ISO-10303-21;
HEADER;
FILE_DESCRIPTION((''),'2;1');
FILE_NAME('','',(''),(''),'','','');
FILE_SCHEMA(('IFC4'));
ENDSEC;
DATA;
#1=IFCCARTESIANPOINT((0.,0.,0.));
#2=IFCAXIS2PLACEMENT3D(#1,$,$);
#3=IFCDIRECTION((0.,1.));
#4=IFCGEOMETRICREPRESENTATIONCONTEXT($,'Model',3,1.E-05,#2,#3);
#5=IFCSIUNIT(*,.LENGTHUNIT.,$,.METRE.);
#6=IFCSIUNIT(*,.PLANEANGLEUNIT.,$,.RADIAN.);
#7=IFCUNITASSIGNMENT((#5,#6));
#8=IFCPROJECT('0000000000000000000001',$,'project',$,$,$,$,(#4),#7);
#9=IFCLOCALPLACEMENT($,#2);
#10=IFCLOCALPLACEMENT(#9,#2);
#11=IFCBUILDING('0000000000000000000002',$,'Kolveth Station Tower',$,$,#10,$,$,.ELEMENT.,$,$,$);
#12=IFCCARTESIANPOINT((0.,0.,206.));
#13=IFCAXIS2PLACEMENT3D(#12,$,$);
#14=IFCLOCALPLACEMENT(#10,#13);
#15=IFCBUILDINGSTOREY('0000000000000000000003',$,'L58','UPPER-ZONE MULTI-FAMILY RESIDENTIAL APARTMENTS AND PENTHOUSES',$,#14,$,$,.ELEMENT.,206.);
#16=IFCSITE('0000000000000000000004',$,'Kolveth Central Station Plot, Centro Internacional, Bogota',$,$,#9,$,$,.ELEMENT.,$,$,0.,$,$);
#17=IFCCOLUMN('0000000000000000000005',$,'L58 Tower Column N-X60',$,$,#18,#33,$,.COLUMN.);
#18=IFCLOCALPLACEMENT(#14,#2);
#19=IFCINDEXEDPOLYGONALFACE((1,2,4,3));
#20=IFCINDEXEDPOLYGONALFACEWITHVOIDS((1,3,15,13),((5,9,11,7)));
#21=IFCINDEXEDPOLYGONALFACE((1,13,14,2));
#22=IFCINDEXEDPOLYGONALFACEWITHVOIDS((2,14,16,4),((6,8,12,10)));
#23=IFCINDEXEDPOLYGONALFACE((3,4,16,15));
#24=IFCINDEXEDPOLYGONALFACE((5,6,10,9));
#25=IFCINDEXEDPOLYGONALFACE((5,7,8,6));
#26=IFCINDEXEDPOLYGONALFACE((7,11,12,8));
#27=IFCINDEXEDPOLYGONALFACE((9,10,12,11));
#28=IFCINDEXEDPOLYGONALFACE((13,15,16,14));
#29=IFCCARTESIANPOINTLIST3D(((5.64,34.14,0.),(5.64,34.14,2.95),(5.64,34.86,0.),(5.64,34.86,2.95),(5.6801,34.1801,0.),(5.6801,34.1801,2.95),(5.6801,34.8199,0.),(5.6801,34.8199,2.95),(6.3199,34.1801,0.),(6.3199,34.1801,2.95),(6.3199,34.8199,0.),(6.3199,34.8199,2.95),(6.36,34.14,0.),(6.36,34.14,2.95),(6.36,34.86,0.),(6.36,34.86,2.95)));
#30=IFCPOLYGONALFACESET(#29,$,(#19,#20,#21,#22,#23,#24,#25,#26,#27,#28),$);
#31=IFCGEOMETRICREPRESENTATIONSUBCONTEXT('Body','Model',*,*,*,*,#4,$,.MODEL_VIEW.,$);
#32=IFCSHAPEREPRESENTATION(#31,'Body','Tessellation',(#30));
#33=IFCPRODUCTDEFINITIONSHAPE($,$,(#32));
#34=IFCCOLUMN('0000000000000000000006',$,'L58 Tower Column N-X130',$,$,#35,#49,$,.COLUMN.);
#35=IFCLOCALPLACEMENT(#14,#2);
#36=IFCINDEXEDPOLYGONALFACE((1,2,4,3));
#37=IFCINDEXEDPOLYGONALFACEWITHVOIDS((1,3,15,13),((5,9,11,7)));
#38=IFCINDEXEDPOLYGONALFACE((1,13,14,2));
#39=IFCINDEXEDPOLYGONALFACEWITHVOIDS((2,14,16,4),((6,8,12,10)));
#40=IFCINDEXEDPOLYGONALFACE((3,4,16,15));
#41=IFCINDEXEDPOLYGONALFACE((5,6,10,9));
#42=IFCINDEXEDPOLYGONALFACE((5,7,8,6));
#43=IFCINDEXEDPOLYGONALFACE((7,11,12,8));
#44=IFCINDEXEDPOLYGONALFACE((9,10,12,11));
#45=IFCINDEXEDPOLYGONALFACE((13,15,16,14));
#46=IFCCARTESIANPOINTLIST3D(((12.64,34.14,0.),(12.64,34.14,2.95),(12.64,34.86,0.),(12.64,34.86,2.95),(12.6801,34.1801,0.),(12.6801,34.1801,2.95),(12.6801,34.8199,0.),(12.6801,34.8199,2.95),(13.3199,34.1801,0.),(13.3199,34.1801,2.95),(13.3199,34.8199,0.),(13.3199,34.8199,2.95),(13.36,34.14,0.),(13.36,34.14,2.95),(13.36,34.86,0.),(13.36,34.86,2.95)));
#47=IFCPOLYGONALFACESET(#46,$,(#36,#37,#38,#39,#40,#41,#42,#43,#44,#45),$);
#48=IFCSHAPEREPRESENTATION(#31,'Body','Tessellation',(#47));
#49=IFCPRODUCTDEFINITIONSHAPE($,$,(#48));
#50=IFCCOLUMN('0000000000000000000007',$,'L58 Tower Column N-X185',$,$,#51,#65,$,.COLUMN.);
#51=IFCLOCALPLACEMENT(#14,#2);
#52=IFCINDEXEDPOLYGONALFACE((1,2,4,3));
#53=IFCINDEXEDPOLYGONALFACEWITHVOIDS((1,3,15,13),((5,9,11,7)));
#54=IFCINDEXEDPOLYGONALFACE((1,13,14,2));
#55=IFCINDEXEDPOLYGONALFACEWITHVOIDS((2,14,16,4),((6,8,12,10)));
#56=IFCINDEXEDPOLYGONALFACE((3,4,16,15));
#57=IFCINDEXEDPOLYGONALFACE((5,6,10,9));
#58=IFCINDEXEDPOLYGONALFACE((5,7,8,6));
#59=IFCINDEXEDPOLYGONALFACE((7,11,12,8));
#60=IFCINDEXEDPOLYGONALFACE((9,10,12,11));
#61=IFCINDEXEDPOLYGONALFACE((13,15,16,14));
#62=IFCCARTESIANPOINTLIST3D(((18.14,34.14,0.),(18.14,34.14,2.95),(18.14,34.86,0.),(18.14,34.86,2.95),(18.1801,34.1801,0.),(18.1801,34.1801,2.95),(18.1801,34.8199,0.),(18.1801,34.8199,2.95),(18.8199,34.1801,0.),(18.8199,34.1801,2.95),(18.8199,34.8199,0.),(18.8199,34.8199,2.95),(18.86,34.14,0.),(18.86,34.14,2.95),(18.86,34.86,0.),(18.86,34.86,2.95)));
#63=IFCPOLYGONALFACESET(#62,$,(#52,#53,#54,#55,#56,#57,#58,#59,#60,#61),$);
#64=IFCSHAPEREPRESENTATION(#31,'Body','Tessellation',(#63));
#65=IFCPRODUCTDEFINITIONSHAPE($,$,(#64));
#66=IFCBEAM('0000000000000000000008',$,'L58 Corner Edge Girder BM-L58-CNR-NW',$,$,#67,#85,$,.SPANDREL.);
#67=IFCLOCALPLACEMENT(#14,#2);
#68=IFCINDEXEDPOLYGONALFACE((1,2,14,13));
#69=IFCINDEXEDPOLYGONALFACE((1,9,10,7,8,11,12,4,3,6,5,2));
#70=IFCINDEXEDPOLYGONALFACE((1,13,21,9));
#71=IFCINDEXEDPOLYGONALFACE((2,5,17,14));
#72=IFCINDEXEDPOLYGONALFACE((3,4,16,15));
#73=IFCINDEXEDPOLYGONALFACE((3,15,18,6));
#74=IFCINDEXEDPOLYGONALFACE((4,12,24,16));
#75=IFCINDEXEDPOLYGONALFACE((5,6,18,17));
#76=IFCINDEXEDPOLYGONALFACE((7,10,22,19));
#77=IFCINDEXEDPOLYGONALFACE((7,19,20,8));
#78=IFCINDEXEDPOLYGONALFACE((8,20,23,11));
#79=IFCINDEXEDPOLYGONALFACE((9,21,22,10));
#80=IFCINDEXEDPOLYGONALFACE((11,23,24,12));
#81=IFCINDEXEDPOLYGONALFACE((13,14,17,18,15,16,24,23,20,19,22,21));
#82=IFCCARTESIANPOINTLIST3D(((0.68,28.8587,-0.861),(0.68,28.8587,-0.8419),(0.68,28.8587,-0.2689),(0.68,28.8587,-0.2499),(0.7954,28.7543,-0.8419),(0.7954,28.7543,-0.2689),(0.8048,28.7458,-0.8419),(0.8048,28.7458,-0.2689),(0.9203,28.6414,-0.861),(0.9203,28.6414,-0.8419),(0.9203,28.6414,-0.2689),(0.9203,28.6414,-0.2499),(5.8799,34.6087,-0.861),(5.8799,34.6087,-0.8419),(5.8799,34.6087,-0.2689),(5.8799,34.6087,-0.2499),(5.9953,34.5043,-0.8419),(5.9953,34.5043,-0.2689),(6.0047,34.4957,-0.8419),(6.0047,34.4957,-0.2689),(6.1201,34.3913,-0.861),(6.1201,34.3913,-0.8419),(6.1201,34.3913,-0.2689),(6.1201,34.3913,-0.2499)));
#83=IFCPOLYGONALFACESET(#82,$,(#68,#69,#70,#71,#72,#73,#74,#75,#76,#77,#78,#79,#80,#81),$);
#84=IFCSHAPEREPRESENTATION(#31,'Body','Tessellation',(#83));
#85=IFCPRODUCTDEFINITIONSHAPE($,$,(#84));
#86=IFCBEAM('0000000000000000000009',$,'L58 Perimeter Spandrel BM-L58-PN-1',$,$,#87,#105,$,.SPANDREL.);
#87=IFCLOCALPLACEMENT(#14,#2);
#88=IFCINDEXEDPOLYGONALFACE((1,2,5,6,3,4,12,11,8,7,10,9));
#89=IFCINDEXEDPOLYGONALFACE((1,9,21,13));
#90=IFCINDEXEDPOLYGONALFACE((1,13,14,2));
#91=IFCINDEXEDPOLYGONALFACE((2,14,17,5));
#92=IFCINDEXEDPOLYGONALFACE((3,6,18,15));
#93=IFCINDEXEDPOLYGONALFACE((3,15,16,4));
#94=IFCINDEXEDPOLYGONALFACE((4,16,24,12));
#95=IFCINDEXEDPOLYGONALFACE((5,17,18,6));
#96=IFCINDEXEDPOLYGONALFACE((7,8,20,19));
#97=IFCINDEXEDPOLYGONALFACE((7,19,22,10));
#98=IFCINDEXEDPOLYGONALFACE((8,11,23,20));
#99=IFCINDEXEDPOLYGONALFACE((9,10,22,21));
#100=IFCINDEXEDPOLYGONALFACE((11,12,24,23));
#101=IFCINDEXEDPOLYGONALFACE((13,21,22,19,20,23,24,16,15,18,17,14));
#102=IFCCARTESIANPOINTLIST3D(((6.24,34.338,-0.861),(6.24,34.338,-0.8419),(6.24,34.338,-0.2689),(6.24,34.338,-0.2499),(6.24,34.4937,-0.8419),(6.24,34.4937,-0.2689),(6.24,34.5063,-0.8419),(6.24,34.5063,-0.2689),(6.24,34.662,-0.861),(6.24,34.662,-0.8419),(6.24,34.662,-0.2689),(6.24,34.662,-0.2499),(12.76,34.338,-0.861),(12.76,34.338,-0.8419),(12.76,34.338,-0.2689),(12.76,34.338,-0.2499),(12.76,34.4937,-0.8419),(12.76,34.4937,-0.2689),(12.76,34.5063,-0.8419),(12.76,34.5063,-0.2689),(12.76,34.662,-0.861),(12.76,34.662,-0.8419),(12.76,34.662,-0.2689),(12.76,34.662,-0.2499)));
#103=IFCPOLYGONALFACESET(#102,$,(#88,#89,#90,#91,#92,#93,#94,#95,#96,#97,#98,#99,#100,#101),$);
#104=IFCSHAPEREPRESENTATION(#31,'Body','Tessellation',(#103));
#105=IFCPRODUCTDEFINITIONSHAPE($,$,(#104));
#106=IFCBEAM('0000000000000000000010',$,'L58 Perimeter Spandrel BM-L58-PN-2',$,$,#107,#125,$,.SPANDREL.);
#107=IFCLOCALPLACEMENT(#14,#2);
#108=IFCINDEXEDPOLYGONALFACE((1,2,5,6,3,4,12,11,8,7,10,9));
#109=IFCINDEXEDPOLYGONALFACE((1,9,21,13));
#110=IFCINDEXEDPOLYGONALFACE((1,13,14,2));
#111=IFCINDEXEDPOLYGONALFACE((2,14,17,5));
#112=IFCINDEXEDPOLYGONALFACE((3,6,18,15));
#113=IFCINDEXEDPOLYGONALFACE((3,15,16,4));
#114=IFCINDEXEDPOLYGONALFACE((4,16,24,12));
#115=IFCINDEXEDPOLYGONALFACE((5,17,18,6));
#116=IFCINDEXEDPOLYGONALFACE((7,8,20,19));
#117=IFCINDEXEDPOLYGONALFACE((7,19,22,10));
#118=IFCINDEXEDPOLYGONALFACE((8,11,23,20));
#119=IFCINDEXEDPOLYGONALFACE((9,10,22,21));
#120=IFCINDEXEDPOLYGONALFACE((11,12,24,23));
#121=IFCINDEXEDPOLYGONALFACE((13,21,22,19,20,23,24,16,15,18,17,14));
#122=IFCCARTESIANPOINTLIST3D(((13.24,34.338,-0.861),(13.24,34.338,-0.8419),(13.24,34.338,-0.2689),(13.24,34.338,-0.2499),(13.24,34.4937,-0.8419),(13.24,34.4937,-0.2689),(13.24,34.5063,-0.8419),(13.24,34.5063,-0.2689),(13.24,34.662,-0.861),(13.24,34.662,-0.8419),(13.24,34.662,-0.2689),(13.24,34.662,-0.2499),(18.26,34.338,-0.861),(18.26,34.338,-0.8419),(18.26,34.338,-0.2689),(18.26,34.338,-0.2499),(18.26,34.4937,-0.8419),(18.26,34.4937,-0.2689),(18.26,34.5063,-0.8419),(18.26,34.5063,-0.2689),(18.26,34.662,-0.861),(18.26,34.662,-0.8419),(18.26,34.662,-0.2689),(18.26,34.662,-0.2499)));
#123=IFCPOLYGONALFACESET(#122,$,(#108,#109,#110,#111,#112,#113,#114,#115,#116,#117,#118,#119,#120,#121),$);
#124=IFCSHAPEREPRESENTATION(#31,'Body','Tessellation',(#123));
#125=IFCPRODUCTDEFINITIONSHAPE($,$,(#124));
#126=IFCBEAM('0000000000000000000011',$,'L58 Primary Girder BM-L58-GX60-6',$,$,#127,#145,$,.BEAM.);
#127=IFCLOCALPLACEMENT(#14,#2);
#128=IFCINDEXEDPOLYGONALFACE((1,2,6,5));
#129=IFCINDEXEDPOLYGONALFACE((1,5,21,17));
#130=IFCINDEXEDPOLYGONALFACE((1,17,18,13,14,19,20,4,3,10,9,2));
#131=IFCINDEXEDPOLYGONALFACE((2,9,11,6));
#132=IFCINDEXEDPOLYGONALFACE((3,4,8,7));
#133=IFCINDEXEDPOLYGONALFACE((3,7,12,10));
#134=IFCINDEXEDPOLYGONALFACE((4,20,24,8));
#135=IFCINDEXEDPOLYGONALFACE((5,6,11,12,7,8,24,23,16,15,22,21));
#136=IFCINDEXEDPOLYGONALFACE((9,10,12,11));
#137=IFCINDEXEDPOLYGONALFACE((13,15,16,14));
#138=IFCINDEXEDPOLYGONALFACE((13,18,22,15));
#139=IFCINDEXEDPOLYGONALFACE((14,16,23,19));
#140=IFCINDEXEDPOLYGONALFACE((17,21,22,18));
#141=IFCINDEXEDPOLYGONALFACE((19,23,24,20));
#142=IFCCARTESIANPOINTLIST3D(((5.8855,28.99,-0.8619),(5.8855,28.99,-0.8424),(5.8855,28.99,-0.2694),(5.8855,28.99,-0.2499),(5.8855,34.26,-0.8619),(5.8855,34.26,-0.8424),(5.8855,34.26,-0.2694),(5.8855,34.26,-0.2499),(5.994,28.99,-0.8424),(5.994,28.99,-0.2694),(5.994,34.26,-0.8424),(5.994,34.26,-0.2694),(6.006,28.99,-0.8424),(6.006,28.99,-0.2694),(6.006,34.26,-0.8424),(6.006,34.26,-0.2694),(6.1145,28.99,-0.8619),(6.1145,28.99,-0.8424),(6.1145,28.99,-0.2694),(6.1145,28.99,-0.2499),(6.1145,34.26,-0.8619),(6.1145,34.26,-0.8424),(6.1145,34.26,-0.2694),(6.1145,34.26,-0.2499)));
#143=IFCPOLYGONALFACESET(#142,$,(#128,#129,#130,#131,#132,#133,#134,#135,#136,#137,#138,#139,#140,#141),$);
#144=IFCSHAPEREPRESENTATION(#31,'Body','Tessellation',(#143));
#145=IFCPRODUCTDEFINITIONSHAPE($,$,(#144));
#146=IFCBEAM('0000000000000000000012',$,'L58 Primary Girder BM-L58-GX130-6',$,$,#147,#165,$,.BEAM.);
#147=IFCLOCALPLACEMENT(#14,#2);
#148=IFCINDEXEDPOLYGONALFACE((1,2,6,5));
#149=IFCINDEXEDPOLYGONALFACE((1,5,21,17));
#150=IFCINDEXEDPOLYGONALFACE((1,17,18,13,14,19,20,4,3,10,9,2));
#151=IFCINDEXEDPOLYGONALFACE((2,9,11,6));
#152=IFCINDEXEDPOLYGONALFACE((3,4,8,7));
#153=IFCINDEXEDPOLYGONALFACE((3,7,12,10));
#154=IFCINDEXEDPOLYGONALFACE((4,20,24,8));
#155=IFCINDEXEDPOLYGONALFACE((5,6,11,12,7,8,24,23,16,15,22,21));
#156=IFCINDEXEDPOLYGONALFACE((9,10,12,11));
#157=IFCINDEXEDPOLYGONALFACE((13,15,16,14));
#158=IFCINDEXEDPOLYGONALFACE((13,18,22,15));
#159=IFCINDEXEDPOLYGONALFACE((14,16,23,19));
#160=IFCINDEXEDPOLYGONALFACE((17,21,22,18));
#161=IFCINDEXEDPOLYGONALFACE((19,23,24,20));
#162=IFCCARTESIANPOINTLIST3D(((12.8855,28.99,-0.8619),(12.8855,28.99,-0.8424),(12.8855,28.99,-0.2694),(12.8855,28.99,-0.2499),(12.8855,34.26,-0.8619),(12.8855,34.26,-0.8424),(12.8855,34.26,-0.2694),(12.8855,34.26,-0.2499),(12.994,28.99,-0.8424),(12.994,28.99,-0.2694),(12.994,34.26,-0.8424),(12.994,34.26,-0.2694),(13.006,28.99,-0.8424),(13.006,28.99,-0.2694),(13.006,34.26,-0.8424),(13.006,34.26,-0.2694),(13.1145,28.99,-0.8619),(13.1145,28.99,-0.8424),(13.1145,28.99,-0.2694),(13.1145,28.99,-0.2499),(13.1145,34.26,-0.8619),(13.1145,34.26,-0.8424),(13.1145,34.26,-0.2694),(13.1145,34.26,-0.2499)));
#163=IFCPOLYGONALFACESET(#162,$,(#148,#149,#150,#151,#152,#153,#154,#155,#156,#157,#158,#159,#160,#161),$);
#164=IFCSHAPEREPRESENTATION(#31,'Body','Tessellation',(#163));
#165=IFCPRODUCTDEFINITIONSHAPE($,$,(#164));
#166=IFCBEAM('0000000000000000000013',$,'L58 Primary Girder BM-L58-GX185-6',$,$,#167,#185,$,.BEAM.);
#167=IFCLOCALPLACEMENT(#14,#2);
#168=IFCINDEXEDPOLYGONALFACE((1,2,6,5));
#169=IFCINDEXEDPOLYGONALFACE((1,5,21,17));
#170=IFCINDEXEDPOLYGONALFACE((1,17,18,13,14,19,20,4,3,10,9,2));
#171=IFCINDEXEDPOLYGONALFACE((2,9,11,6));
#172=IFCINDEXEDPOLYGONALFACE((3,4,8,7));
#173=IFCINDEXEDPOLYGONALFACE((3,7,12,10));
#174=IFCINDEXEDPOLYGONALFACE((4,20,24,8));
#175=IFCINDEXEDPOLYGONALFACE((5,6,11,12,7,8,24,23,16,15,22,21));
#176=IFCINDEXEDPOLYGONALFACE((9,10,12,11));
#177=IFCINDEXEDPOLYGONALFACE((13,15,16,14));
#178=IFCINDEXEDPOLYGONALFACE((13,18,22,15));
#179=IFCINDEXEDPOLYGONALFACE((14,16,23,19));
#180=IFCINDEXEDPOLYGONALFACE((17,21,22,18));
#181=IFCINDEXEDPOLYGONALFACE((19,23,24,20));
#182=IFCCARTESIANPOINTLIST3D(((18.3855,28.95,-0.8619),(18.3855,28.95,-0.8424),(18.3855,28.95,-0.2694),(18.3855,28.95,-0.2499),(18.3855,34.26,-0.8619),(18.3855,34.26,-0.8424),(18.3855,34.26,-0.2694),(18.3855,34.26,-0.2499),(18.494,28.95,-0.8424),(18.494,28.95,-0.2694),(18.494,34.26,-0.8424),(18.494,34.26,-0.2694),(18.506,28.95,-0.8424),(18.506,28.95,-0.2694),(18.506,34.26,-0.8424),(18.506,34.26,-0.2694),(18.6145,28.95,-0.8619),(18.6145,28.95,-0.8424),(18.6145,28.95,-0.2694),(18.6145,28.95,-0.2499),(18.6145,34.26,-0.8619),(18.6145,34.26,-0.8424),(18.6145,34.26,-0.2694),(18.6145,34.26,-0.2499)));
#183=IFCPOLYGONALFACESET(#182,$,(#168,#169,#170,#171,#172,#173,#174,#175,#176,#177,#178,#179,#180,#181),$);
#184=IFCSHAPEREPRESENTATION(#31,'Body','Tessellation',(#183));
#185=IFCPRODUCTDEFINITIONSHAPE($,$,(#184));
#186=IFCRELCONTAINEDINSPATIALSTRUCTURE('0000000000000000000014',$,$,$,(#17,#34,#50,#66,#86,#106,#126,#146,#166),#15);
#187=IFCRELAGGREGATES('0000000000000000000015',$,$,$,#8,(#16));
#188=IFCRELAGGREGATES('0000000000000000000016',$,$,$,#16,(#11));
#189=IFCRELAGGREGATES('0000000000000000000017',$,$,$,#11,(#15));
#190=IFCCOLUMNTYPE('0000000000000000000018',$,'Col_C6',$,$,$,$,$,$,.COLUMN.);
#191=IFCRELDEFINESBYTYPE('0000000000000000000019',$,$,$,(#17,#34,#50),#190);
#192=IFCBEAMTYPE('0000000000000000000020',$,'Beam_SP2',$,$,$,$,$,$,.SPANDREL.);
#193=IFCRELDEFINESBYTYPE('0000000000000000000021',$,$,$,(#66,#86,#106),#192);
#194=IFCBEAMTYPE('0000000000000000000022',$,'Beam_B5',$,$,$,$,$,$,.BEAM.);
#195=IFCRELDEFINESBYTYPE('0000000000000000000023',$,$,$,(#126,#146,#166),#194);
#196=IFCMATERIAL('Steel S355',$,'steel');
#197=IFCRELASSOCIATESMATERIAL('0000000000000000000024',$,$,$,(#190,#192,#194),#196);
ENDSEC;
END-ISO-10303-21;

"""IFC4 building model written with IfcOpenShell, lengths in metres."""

from ifc_helpers import new_model, si_unit, direction, frame, origin, origin_2d, place, context, subcontext, project, spatial, hollow_rectangle, i_section, extrude, source, transform, mapped, material, material_profile, profile_set, type_object, element, save


model = new_model("IFC4")

# Units and contexts
model_context = context("Model", 3, precision=1e-05, world=origin(), true_north=direction((0.0, 1.0)))
body_context = subcontext(model_context, "Body", "Model", "MODEL_VIEW")
ifc_project = project(units=[si_unit("LENGTHUNIT", "METRE"), si_unit("PLANEANGLEUNIT", "RADIAN")], contexts=[model_context])

# Site, building, storey
site_placement = place(None, origin())
site = spatial("IfcSite", under=ifc_project, at=site_placement, Name="Kolveth Central Station Plot, Centro Internacional, Bogota", CompositionType="ELEMENT", RefElevation=0.0)
building_placement = place(site_placement, origin())
building = spatial("IfcBuilding", under=site, at=building_placement, Name="Kolveth Station Tower", CompositionType="ELEMENT")
storey_placement = place(building_placement, frame((0.0, 0.0, 206.0)))
storey = spatial("IfcBuildingStorey", under=building, at=storey_placement, Name="L58", Description="UPPER-ZONE MULTI-FAMILY RESIDENTIAL APARTMENTS AND PENTHOUSES", CompositionType="ELEMENT", Elevation=206.0)

# Columns
ifc_material_1 = material(Name="Steel S355", Category="steel")
ifc_material_profile_1 = material_profile(ifc_material_1, hollow_rectangle(XDim=0.72, YDim=0.72, WallThickness=0.04, at=origin_2d()), Name="BOX720x720x40")
ifc_profile_set_1 = profile_set([ifc_material_profile_1], Name="Steel S355")
column_type = type_object("IfcColumnType", Name="Col_C6", PredefinedType="COLUMN", material=ifc_profile_set_1)
shared_shape_1 = source(origin(), body_context, "Body", "SweptSolid", [
    extrude(hollow_rectangle(XDim=0.72, YDim=0.72, WallThickness=0.04, at=origin_2d()), origin(), (0.0, 0.0, 1.0), 2.95),
])
for number, where, z_axis, x_axis, name in (
    (1, (6.0, 34.5, 0.0), (0.0, 0.0, 1.0), (1.0, 0.0, 0.0), "L58 Tower Column N-X60"),
    (2, (13.0, 34.5, 0.0), (0.0, 0.0, 1.0), (1.0, 0.0, 0.0), "L58 Tower Column N-X130"),
    (3, (18.5, 34.5, 0.0), (0.0, 0.0, 1.0), (1.0, 0.0, 0.0), "L58 Tower Column N-X185"),
):
    element("IfcColumn", number, at=place(storey_placement, frame(where, z_axis=z_axis, x_axis=x_axis)), inside=storey, type_object=column_type, Name=name, PredefinedType="COLUMN", context=body_context, shape_type="MappedRepresentation", body=[
        mapped(shared_shape_1, transform((0.0, 0.0, 0.0), x_axis=(1.0, 0.0, 0.0), y_axis=(0.0, 1.0, 0.0), z_axis=(0.0, 0.0, 1.0), scale=1.0)),
    ])

# Beams
ifc_material_profile_2 = material_profile(ifc_material_1, i_section(OverallWidth=0.324, OverallDepth=0.6111, WebThickness=0.0127, FlangeThickness=0.019, at=origin_2d()), Name="W610x155")
ifc_profile_set_2 = profile_set([ifc_material_profile_2], Name="Steel S355")
beam_type_1 = type_object("IfcBeamType", Name="Beam_SP2", PredefinedType="SPANDREL", material=ifc_profile_set_2)
shared_shape_2 = source(origin(), body_context, "Body", "SweptSolid", [
    extrude(i_section(OverallWidth=0.324, OverallDepth=0.6111, WebThickness=0.0127, FlangeThickness=0.019, at=origin_2d()), origin(), (0.0, 0.0, 1.0), 7.7524),
])
beam_1_placement = place(storey_placement, frame((6.0, 34.5, -0.5554), z_axis=(-0.670741, -0.741692, 0.0), x_axis=(0.741692, -0.670741, 0.0)))
element("IfcBeam", 4, at=beam_1_placement, inside=storey, type_object=beam_type_1, Name="L58 Corner Edge Girder BM-L58-CNR-NW", PredefinedType="SPANDREL", context=body_context, shape_type="MappedRepresentation", body=[
    mapped(shared_shape_2, transform((0.0, 0.0, 0.0), x_axis=(1.0, 0.0, 0.0), y_axis=(0.0, 1.0, 0.0), z_axis=(0.0, 0.0, 1.0), scale=1.0)),
])
shared_shape_3 = source(origin(), body_context, "Body", "SweptSolid", [
    extrude(i_section(OverallWidth=0.324, OverallDepth=0.6111, WebThickness=0.0127, FlangeThickness=0.019, at=origin_2d()), origin(), (0.0, 0.0, 1.0), 6.52),
])
beam_2_placement = place(storey_placement, frame((6.24, 34.5, -0.5554), z_axis=(1.0, 0.0, 0.0), x_axis=(0.0, 1.0, 0.0)))
element("IfcBeam", 5, at=beam_2_placement, inside=storey, type_object=beam_type_1, Name="L58 Perimeter Spandrel BM-L58-PN-1", PredefinedType="SPANDREL", context=body_context, shape_type="MappedRepresentation", body=[
    mapped(shared_shape_3, transform((0.0, 0.0, 0.0), x_axis=(1.0, 0.0, 0.0), y_axis=(0.0, 1.0, 0.0), z_axis=(0.0, 0.0, 1.0), scale=1.0)),
])
shared_shape_4 = source(origin(), body_context, "Body", "SweptSolid", [
    extrude(i_section(OverallWidth=0.324, OverallDepth=0.6111, WebThickness=0.0127, FlangeThickness=0.019, at=origin_2d()), origin(), (0.0, 0.0, 1.0), 5.02),
])
beam_3_placement = place(storey_placement, frame((13.24, 34.5, -0.5554), z_axis=(1.0, 0.0, 0.0), x_axis=(0.0, 1.0, 0.0)))
element("IfcBeam", 6, at=beam_3_placement, inside=storey, type_object=beam_type_1, Name="L58 Perimeter Spandrel BM-L58-PN-2", PredefinedType="SPANDREL", context=body_context, shape_type="MappedRepresentation", body=[
    mapped(shared_shape_4, transform((0.0, 0.0, 0.0), x_axis=(1.0, 0.0, 0.0), y_axis=(0.0, 1.0, 0.0), z_axis=(0.0, 0.0, 1.0), scale=1.0)),
])
ifc_material_profile_3 = material_profile(ifc_material_1, i_section(OverallWidth=0.229, OverallDepth=0.6121, WebThickness=0.012, FlangeThickness=0.0195, at=origin_2d()), Name="W610x125")
ifc_profile_set_3 = profile_set([ifc_material_profile_3], Name="Steel S355")
beam_type_2 = type_object("IfcBeamType", Name="Beam_B5", PredefinedType="BEAM", material=ifc_profile_set_3)
shared_shape_5 = source(origin(), body_context, "Body", "SweptSolid", [
    extrude(i_section(OverallWidth=0.229, OverallDepth=0.6121, WebThickness=0.012, FlangeThickness=0.0195, at=origin_2d()), origin(), (0.0, 0.0, 1.0), 5.27),
])
for number, where, z_axis, x_axis, name in (
    (7, (6.0, 28.99, -0.5559), (0.0, 1.0, 0.0), (-1.0, 0.0, 0.0), "L58 Primary Girder BM-L58-GX60-6"),
    (8, (13.0, 28.99, -0.5559), (0.0, 1.0, 0.0), (-1.0, 0.0, 0.0), "L58 Primary Girder BM-L58-GX130-6"),
):
    element("IfcBeam", number, at=place(storey_placement, frame(where, z_axis=z_axis, x_axis=x_axis)), inside=storey, type_object=beam_type_2, Name=name, PredefinedType="BEAM", context=body_context, shape_type="MappedRepresentation", body=[
        mapped(shared_shape_5, transform((0.0, 0.0, 0.0), x_axis=(1.0, 0.0, 0.0), y_axis=(0.0, 1.0, 0.0), z_axis=(0.0, 0.0, 1.0), scale=1.0)),
    ])
shared_shape_6 = source(origin(), body_context, "Body", "SweptSolid", [
    extrude(i_section(OverallWidth=0.229, OverallDepth=0.6121, WebThickness=0.012, FlangeThickness=0.0195, at=origin_2d()), origin(), (0.0, 0.0, 1.0), 5.3101),
])
beam_4_placement = place(storey_placement, frame((18.5, 28.95, -0.5559), z_axis=(0.0, 1.0, 0.0), x_axis=(-1.0, 0.0, 0.0)))
element("IfcBeam", 9, at=beam_4_placement, inside=storey, type_object=beam_type_2, Name="L58 Primary Girder BM-L58-GX185-6", PredefinedType="BEAM", context=body_context, shape_type="MappedRepresentation", body=[
    mapped(shared_shape_6, transform((0.0, 0.0, 0.0), x_axis=(1.0, 0.0, 0.0), y_axis=(0.0, 1.0, 0.0), z_axis=(0.0, 0.0, 1.0), scale=1.0)),
])

save(model, "model.ifc")
